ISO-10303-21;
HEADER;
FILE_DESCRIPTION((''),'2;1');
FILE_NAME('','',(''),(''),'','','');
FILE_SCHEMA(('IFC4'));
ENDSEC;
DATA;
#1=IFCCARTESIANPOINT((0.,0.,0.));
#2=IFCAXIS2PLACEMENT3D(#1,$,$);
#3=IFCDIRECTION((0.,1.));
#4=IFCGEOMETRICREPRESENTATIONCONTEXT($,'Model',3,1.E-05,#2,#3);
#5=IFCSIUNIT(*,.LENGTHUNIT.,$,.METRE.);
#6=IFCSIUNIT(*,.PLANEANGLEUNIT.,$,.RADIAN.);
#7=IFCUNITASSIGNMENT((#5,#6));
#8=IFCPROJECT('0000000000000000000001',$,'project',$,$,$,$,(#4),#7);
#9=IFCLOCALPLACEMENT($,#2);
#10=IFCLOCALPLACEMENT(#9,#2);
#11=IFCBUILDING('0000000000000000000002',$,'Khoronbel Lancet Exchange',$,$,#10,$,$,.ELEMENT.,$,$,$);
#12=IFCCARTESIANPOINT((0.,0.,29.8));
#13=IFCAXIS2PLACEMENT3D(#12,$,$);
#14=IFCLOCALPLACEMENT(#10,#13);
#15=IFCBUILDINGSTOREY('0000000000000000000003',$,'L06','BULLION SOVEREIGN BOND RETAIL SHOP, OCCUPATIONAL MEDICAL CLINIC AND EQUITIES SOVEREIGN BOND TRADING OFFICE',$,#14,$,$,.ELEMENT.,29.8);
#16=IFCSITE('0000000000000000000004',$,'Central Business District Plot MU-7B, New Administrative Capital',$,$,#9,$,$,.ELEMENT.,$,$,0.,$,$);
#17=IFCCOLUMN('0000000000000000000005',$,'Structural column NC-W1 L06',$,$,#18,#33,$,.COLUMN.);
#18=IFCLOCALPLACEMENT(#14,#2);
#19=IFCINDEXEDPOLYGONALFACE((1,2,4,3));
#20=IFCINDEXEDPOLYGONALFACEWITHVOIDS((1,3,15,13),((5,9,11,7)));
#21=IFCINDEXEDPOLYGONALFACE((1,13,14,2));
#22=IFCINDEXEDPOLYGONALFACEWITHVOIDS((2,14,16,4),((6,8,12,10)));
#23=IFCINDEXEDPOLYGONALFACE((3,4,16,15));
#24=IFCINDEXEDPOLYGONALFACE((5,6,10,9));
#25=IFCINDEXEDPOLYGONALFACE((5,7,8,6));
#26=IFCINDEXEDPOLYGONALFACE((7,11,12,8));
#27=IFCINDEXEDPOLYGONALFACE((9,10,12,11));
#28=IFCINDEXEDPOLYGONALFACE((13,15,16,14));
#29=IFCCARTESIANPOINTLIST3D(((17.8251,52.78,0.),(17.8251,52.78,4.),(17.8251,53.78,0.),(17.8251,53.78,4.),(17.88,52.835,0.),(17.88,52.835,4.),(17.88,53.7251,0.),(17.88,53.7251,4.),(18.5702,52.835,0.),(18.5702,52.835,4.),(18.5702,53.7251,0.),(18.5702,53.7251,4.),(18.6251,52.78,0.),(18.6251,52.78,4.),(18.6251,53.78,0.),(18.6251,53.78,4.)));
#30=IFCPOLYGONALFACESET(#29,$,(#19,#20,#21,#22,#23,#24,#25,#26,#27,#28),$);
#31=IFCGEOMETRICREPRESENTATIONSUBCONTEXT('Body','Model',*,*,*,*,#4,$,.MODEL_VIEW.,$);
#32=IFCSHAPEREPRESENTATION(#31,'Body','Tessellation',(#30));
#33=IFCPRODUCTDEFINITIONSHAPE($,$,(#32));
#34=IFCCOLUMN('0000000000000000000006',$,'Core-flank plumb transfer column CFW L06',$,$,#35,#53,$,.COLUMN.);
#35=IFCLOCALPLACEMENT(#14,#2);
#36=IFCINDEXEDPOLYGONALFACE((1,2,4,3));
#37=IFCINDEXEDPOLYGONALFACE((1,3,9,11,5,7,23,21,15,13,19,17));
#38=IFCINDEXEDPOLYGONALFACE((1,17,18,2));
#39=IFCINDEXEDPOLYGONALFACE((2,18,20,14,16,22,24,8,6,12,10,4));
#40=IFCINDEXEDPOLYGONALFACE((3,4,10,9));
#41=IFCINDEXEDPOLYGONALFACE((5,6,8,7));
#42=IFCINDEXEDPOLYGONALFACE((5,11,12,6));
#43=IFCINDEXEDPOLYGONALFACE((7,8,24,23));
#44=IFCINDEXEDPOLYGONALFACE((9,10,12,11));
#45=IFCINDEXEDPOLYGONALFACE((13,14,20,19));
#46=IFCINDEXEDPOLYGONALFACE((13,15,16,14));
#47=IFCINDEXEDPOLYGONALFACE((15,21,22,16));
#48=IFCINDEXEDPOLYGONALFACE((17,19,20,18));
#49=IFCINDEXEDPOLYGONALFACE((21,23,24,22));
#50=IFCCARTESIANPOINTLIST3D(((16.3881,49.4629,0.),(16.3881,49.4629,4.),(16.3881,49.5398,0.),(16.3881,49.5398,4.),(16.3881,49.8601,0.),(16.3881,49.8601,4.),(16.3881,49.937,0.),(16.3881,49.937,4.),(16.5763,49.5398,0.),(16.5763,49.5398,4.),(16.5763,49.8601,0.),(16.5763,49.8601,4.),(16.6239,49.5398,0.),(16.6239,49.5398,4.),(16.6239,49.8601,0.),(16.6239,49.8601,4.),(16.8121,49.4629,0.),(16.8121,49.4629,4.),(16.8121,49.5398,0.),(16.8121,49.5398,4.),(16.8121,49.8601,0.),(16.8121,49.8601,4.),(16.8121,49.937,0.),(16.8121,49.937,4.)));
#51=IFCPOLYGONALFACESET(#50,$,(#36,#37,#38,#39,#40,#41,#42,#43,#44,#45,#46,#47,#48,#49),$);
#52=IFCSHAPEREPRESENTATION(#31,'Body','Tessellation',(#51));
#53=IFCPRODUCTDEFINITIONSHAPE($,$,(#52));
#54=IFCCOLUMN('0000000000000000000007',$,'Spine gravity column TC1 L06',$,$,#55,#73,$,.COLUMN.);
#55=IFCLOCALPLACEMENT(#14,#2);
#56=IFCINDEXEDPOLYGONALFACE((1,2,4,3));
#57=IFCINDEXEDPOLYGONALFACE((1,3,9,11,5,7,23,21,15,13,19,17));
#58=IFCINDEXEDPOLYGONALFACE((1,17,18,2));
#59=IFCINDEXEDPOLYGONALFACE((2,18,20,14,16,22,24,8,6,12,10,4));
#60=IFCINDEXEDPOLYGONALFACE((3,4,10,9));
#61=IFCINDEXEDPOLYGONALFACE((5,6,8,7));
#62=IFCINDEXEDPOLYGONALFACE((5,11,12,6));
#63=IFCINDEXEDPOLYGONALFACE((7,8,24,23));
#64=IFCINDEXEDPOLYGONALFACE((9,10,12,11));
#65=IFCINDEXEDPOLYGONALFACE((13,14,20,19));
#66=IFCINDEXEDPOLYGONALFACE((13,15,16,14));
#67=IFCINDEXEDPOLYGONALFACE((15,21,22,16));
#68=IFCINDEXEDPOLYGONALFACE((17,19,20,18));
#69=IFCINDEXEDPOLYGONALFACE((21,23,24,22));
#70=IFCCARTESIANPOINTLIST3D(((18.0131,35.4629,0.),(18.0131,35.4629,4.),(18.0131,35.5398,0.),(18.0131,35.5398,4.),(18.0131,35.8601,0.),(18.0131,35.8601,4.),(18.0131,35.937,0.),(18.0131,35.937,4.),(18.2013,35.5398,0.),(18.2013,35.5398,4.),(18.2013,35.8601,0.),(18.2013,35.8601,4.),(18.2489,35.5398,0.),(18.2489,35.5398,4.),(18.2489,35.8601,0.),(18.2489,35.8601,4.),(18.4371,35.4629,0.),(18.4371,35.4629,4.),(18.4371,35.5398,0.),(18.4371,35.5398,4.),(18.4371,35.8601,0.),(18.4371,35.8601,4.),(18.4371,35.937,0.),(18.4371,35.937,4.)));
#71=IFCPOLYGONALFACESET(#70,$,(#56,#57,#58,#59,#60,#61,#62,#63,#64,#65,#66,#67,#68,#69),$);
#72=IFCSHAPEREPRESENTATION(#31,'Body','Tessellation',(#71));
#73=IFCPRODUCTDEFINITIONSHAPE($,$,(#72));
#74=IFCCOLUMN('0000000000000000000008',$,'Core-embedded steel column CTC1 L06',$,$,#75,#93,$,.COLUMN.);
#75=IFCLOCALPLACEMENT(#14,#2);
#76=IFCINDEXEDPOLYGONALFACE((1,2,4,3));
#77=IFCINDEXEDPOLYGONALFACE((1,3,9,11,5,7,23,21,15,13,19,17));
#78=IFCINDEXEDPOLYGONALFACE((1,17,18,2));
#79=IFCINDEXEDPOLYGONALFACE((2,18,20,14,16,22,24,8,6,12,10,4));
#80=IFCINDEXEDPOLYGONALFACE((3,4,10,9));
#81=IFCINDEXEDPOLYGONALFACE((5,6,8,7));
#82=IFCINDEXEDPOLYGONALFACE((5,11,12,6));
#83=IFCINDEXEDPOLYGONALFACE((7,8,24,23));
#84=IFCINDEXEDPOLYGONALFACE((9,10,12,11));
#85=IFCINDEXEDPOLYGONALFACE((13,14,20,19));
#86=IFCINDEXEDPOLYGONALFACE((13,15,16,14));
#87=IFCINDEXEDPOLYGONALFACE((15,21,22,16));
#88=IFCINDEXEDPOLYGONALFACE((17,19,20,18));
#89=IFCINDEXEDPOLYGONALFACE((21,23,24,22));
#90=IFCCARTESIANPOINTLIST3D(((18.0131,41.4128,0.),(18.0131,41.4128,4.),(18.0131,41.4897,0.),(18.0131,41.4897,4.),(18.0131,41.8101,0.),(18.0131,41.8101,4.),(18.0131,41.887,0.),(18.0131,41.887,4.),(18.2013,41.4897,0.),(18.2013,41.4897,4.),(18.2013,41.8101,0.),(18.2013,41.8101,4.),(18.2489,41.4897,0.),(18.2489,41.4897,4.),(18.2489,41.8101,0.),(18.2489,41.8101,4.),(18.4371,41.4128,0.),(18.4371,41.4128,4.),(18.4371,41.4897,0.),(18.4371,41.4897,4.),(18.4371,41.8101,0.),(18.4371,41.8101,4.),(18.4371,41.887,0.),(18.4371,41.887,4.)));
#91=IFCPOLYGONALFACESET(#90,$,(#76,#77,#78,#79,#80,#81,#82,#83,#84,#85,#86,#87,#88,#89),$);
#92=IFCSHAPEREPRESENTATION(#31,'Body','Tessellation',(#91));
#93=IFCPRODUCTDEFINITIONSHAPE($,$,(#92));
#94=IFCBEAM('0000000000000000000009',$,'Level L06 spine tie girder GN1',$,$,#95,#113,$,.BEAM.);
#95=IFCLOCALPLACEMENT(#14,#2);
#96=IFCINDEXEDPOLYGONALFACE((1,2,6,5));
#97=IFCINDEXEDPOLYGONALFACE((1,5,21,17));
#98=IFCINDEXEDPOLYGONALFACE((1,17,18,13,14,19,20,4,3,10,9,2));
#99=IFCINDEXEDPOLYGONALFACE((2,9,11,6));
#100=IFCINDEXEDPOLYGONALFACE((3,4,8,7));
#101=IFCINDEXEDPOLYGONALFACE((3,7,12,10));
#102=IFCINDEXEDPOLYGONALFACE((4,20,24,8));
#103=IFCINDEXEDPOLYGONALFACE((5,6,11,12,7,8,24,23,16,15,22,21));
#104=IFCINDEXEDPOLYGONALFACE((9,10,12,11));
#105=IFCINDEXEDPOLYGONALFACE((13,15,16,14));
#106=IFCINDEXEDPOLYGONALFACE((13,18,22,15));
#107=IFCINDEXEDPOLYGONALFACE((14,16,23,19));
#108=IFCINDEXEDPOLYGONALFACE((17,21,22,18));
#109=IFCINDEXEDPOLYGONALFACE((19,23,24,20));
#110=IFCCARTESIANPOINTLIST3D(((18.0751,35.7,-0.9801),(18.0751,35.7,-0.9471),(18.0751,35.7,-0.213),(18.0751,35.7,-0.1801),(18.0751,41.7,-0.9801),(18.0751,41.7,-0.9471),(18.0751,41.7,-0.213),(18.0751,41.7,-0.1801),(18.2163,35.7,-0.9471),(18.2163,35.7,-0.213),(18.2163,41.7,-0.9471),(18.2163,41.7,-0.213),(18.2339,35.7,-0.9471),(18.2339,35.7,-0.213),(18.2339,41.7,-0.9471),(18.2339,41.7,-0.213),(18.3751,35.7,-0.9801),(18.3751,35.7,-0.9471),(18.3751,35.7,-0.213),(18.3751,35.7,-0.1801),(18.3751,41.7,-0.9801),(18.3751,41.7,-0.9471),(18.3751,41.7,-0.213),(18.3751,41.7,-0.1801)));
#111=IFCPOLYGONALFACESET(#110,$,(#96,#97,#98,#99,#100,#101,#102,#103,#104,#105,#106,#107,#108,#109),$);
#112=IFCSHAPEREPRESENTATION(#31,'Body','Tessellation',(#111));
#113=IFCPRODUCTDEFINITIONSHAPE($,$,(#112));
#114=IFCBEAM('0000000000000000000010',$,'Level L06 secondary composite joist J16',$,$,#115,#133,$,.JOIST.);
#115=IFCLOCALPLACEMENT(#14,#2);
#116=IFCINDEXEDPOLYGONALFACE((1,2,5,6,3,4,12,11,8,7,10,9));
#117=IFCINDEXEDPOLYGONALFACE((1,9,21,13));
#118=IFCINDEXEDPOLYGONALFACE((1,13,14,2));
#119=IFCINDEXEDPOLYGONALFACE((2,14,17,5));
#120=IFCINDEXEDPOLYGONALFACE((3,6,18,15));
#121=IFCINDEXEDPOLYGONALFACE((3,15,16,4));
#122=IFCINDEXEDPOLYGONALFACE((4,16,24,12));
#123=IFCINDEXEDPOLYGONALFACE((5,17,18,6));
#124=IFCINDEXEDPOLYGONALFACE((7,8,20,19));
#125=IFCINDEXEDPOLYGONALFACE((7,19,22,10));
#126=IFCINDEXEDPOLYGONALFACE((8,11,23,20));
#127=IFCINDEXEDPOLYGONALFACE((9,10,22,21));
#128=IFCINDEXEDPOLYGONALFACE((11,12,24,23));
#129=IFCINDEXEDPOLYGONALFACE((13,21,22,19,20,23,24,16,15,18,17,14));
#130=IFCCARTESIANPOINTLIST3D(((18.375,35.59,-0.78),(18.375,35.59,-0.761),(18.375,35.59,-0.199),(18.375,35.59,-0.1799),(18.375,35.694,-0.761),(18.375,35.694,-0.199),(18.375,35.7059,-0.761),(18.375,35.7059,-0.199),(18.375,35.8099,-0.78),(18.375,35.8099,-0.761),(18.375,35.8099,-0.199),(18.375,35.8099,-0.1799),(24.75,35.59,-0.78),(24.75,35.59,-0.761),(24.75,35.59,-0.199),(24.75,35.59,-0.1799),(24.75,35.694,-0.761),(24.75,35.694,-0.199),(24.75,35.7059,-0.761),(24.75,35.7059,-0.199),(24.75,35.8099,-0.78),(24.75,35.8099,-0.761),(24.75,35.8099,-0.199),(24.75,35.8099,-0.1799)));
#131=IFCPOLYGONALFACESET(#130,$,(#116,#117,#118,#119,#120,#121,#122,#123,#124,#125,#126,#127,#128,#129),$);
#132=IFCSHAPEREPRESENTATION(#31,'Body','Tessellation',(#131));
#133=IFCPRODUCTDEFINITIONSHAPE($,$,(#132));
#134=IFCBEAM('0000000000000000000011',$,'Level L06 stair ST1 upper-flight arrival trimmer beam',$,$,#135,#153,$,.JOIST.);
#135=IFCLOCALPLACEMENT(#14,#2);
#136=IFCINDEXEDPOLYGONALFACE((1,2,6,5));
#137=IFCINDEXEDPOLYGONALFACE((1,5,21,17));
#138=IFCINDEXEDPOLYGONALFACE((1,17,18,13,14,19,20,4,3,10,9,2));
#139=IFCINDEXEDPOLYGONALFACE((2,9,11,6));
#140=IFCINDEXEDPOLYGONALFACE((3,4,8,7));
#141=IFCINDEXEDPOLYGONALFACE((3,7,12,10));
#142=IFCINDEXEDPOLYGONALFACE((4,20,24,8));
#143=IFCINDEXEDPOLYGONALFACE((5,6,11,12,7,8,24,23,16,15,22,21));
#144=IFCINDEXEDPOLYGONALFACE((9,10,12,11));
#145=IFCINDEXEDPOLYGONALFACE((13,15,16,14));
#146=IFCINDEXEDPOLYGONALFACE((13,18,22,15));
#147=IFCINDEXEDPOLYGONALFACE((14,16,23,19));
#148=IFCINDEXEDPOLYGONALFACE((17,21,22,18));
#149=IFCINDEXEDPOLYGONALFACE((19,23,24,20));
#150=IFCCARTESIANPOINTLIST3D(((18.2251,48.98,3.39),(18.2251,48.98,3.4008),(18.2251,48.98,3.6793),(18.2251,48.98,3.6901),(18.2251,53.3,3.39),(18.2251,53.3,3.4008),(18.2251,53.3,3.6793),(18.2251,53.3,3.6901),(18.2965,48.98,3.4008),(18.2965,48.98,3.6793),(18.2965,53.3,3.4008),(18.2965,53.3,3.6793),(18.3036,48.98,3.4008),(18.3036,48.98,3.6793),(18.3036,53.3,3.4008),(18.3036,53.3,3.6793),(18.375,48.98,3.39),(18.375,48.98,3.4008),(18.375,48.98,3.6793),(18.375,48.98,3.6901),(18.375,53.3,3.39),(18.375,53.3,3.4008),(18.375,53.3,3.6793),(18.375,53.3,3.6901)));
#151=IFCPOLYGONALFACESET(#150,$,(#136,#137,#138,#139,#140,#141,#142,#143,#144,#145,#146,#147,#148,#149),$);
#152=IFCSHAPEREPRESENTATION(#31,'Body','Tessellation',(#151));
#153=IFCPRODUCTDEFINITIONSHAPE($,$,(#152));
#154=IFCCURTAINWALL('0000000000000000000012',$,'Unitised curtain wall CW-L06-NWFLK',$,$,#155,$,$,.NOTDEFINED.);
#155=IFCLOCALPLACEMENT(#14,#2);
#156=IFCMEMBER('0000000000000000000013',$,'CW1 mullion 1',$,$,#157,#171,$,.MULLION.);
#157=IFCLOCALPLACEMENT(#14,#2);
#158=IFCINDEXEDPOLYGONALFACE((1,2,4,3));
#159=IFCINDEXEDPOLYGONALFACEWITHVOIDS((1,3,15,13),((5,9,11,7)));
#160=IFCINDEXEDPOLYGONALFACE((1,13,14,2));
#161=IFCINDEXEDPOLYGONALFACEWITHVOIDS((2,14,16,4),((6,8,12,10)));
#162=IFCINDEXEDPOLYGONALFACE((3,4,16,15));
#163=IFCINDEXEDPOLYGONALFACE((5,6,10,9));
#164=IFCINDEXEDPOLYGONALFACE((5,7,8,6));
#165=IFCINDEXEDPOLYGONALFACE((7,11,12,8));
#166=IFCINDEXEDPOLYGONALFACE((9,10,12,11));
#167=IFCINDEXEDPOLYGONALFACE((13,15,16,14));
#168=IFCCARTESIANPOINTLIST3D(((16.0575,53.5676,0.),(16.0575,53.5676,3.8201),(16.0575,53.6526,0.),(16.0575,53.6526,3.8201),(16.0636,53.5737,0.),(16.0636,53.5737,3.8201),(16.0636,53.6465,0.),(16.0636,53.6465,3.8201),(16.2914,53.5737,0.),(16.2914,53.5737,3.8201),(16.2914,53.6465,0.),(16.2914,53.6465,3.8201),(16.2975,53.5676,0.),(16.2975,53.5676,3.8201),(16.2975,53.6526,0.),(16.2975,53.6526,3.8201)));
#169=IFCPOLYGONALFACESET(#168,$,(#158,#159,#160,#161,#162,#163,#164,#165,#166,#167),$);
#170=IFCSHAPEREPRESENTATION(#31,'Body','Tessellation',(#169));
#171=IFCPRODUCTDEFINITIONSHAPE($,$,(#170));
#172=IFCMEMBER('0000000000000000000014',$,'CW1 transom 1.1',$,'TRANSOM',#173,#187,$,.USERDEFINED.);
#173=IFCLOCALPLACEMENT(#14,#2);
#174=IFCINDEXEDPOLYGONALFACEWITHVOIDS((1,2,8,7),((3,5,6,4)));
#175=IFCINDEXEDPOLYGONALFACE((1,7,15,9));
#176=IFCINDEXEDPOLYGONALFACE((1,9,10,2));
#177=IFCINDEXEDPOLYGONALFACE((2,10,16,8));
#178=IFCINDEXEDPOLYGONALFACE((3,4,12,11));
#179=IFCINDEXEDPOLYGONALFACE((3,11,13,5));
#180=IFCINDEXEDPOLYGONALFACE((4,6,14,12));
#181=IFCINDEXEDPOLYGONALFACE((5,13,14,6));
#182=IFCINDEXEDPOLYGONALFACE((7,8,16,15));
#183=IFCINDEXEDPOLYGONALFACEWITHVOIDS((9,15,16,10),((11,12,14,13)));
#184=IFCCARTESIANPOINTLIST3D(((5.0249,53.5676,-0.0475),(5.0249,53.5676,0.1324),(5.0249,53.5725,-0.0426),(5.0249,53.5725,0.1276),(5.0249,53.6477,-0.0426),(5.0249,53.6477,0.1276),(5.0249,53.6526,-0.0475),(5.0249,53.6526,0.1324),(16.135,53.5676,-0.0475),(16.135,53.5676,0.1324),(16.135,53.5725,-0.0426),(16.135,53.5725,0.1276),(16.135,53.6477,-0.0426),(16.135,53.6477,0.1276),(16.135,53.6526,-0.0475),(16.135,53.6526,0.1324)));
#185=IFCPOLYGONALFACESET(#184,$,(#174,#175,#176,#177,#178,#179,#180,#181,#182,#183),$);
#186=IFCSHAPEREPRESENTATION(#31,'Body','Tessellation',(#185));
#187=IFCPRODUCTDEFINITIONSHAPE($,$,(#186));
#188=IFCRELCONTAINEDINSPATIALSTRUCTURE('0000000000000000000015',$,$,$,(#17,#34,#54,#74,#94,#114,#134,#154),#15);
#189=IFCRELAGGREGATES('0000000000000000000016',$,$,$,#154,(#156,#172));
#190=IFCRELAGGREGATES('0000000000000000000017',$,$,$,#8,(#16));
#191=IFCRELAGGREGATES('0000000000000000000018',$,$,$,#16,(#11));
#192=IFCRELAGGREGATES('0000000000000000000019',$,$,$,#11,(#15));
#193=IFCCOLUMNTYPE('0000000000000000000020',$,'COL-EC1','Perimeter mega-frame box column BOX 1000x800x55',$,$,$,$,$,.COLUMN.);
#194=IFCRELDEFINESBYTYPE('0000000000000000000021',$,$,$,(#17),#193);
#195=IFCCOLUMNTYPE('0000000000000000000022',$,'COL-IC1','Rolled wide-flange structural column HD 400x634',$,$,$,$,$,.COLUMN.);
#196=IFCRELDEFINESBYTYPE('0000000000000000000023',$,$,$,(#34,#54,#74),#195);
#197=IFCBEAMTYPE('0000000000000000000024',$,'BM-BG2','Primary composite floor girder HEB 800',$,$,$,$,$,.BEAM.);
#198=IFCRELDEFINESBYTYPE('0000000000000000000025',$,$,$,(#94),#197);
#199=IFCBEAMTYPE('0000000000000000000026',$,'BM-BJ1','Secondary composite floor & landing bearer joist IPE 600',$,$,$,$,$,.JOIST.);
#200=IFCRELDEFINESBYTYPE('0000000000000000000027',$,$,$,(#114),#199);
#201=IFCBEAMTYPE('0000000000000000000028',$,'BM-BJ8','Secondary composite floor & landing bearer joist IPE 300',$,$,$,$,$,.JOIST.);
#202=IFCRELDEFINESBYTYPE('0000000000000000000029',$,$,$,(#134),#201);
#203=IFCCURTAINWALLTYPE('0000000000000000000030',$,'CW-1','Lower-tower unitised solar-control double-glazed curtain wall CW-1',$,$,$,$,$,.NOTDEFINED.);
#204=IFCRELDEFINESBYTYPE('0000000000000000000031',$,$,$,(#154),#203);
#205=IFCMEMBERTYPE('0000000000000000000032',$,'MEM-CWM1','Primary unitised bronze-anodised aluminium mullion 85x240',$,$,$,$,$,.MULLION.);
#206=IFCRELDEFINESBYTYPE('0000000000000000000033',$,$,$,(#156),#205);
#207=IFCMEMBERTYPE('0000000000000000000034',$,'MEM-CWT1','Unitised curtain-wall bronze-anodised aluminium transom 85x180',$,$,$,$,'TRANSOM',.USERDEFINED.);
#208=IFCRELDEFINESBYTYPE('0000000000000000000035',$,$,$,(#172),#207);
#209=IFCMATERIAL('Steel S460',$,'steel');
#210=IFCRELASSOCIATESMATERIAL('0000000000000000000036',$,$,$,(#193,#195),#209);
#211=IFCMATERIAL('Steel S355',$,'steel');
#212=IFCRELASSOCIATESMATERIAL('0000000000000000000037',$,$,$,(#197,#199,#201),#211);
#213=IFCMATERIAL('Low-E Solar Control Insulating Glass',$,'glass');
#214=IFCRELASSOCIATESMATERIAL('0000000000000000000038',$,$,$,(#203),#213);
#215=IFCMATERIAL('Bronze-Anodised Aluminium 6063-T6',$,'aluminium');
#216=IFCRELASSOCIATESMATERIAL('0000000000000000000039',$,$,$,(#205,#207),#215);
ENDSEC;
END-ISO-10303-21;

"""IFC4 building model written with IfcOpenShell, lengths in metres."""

from ifc_helpers import new_model, si_unit, direction, frame, origin, origin_2d, place, context, subcontext, project, spatial, hollow_rectangle, i_section, extrude, material, material_profile, profile_set, type_object, element, aggregate, save


model = new_model("IFC4")

# Units and contexts
model_context = context("Model", 3, precision=1e-05, world=origin(), true_north=direction((0.0, 1.0)))
body_context = subcontext(model_context, "Body", "Model", "MODEL_VIEW")
ifc_project = project(units=[si_unit("LENGTHUNIT", "METRE"), si_unit("PLANEANGLEUNIT", "RADIAN")], contexts=[model_context])

# Site, building, storey
site_placement = place(None, origin())
site = spatial("IfcSite", under=ifc_project, at=site_placement, Name="Central Business District Plot MU-7B, New Administrative Capital", CompositionType="ELEMENT", RefElevation=0.0)
building_placement = place(site_placement, origin())
building = spatial("IfcBuilding", under=site, at=building_placement, Name="Khoronbel Lancet Exchange", CompositionType="ELEMENT")
storey_placement = place(building_placement, frame((0.0, 0.0, 29.8)))
storey = spatial("IfcBuildingStorey", under=building, at=storey_placement, Name="L06", Description="BULLION SOVEREIGN BOND RETAIL SHOP, OCCUPATIONAL MEDICAL CLINIC AND EQUITIES SOVEREIGN BOND TRADING OFFICE", CompositionType="ELEMENT", Elevation=29.8)

# Columns
ifc_material_1 = material(Name="Steel S460", Category="steel")
ifc_material_profile_1 = material_profile(ifc_material_1, hollow_rectangle(XDim=0.8, YDim=1.0, WallThickness=0.0549, at=origin_2d()), Name="BOX 1000x800x55")
ifc_profile_set_1 = profile_set([ifc_material_profile_1], Name="Steel S460")
column_type_1 = type_object("IfcColumnType", Name="COL-EC1", Description="Perimeter mega-frame box column BOX 1000x800x55", PredefinedType="COLUMN", material=ifc_profile_set_1)
column_placement = place(storey_placement, frame((18.2251, 53.28, 0.0), z_axis=(0.0, 0.0, 1.0), x_axis=(1.0, 0.0, 0.0)))
element("IfcColumn", 1, at=column_placement, inside=storey, type_object=column_type_1, Name="Structural column NC-W1 L06", PredefinedType="COLUMN", context=body_context, shape_type="SweptSolid", body=[
    extrude(hollow_rectangle(XDim=0.8, YDim=1.0, WallThickness=0.0549, at=origin_2d()), origin(), (0.0, 0.0, 1.0), 4.0),
])
ifc_material_profile_2 = material_profile(ifc_material_1, i_section(OverallWidth=0.4241, OverallDepth=0.4741, WebThickness=0.0476, FlangeThickness=0.0769, at=origin_2d()), Name="HD 400x634")
ifc_profile_set_2 = profile_set([ifc_material_profile_2], Name="Steel S460")
column_type_2 = type_object("IfcColumnType", Name="COL-IC1", Description="Rolled wide-flange structural column HD 400x634", PredefinedType="COLUMN", material=ifc_profile_set_2)
for number, where, z_axis, x_axis, name in (
    (2, (16.6001, 49.7, 0.0), (0.0, 0.0, 1.0), (1.0, 0.0, 0.0), "Core-flank plumb transfer column CFW L06"),
    (3, (18.2251, 35.7, 0.0), (0.0, 0.0, 1.0), (1.0, 0.0, 0.0), "Spine gravity column TC1 L06"),
    (4, (18.2251, 41.6499, 0.0), (0.0, 0.0, 1.0), (1.0, 0.0, 0.0), "Core-embedded steel column CTC1 L06"),
):
    element("IfcColumn", number, at=place(storey_placement, frame(where, z_axis=z_axis, x_axis=x_axis)), inside=storey, type_object=column_type_2, Name=name, PredefinedType="COLUMN", context=body_context, shape_type="SweptSolid", body=[
        extrude(i_section(OverallWidth=0.4241, OverallDepth=0.4741, WebThickness=0.0476, FlangeThickness=0.0769, at=origin_2d()), origin(), (0.0, 0.0, 1.0), 4.0),
    ])

# Beams
ifc_material_2 = material(Name="Steel S355", Category="steel")
ifc_material_profile_3 = material_profile(ifc_material_2, i_section(OverallWidth=0.3, OverallDepth=0.8, WebThickness=0.0176, FlangeThickness=0.033, at=origin_2d()), Name="HEB 800")
ifc_profile_set_3 = profile_set([ifc_material_profile_3], Name="Steel S355")
beam_type_1 = type_object("IfcBeamType", Name="BM-BG2", Description="Primary composite floor girder HEB 800", PredefinedType="BEAM", material=ifc_profile_set_3)
beam_1_placement = place(storey_placement, frame((18.2251, 35.7, -0.5801), z_axis=(0.0, 1.0, 0.0), x_axis=(-1.0, 0.0, 0.0)))
element("IfcBeam", 5, at=beam_1_placement, inside=storey, type_object=beam_type_1, Name="Level L06 spine tie girder GN1", PredefinedType="BEAM", context=body_context, shape_type="SweptSolid", body=[
    extrude(i_section(OverallWidth=0.3, OverallDepth=0.8, WebThickness=0.0176, FlangeThickness=0.033, at=origin_2d()), origin(), (0.0, 0.0, 1.0), 6.0),
])
ifc_material_profile_4 = material_profile(ifc_material_2, i_section(OverallWidth=0.22, OverallDepth=0.6001, WebThickness=0.012, FlangeThickness=0.019, at=origin_2d()), Name="IPE 600")
ifc_profile_set_4 = profile_set([ifc_material_profile_4], Name="Steel S355")
beam_type_2 = type_object("IfcBeamType", Name="BM-BJ1", Description="Secondary composite floor & landing bearer joist IPE 600", PredefinedType="JOIST", material=ifc_profile_set_4)
beam_2_placement = place(storey_placement, frame((18.375, 35.7, -0.48), z_axis=(1.0, 0.0, 0.0), x_axis=(0.0, 1.0, 0.0)))
element("IfcBeam", 6, at=beam_2_placement, inside=storey, type_object=beam_type_2, Name="Level L06 secondary composite joist J16", PredefinedType="JOIST", context=body_context, shape_type="SweptSolid", body=[
    extrude(i_section(OverallWidth=0.22, OverallDepth=0.6001, WebThickness=0.012, FlangeThickness=0.019, at=origin_2d()), origin(), (0.0, 0.0, 1.0), 6.375),
])
ifc_material_profile_5 = material_profile(ifc_material_2, i_section(OverallWidth=0.1499, OverallDepth=0.3, WebThickness=0.0071, FlangeThickness=0.0107, at=origin_2d()), Name="IPE 300")
ifc_profile_set_5 = profile_set([ifc_material_profile_5], Name="Steel S355")
beam_type_3 = type_object("IfcBeamType", Name="BM-BJ8", Description="Secondary composite floor & landing bearer joist IPE 300", PredefinedType="JOIST", material=ifc_profile_set_5)
beam_3_placement = place(storey_placement, frame((18.3, 48.98, 3.54), z_axis=(0.0, 1.0, 0.0), x_axis=(-1.0, 0.0, 0.0)))
element("IfcBeam", 7, at=beam_3_placement, inside=storey, type_object=beam_type_3, Name="Level L06 stair ST1 upper-flight arrival trimmer beam", PredefinedType="JOIST", context=body_context, shape_type="SweptSolid", body=[
    extrude(i_section(OverallWidth=0.1499, OverallDepth=0.3, WebThickness=0.0071, FlangeThickness=0.0107, at=origin_2d()), origin(), (0.0, 0.0, 1.0), 4.3201),
])

# Curtain wall, members
ifc_material_3 = material(Name="Low-E Solar Control Insulating Glass", Category="glass")
curtain_wall_type = type_object("IfcCurtainWallType", Name="CW-1", Description="Lower-tower unitised solar-control double-glazed curtain wall CW-1", PredefinedType="NOTDEFINED", material=ifc_material_3)
curtain_wall_placement = place(storey_placement, origin())
curtain_wall = element("IfcCurtainWall", 8, at=curtain_wall_placement, inside=storey, type_object=curtain_wall_type, Name="Unitised curtain wall CW-L06-NWFLK", PredefinedType="NOTDEFINED")
ifc_material_4 = material(Name="Bronze-Anodised Aluminium 6063-T6", Category="aluminium")
ifc_material_profile_6 = material_profile(ifc_material_4, hollow_rectangle(XDim=0.085, YDim=0.24, WallThickness=0.0061, at=origin_2d()), Name="ALU MULLION 85x240")
ifc_profile_set_6 = profile_set([ifc_material_profile_6], Name="Bronze-Anodised Aluminium 6063-T6")
member_type_1 = type_object("IfcMemberType", Name="MEM-CWM1", Description="Primary unitised bronze-anodised aluminium mullion 85x240", PredefinedType="MULLION", material=ifc_profile_set_6)
member_1_placement = place(storey_placement, frame((16.1775, 53.6101, 0.0), z_axis=(0.0, 0.0, 1.0), x_axis=(0.0, -1.0, 0.0)))
member_1 = element("IfcMember", 9, at=member_1_placement, type_object=member_type_1, Name="CW1 mullion 1", PredefinedType="MULLION", context=body_context, shape_type="SweptSolid", body=[
    extrude(hollow_rectangle(XDim=0.085, YDim=0.24, WallThickness=0.0061, at=origin_2d()), origin(), (0.0, 0.0, 1.0), 3.8201),
])
ifc_material_profile_7 = material_profile(ifc_material_4, hollow_rectangle(XDim=0.085, YDim=0.1799, WallThickness=0.0049, at=origin_2d()), Name="ALU TRANSOM 85x180")
ifc_profile_set_7 = profile_set([ifc_material_profile_7], Name="Bronze-Anodised Aluminium 6063-T6")
member_type_2 = type_object("IfcMemberType", Name="MEM-CWT1", Description="Unitised curtain-wall bronze-anodised aluminium transom 85x180", ElementType="TRANSOM", PredefinedType="USERDEFINED", material=ifc_profile_set_7)
member_2_placement = place(storey_placement, frame((16.135, 53.6101, 0.0425), z_axis=(-1.0, 0.0, 0.0), x_axis=(0.0, -1.0, 0.0)))
member_2 = element("IfcMember", 10, at=member_2_placement, type_object=member_type_2, Name="CW1 transom 1.1", ObjectType="TRANSOM", PredefinedType="USERDEFINED", context=body_context, shape_type="SweptSolid", body=[
    extrude(hollow_rectangle(XDim=0.085, YDim=0.1799, WallThickness=0.0049, at=origin_2d()), origin(), (0.0, 0.0, 1.0), 11.1101),
])
aggregate(curtain_wall, [member_1, member_2])

save(model, "model.ifc")
